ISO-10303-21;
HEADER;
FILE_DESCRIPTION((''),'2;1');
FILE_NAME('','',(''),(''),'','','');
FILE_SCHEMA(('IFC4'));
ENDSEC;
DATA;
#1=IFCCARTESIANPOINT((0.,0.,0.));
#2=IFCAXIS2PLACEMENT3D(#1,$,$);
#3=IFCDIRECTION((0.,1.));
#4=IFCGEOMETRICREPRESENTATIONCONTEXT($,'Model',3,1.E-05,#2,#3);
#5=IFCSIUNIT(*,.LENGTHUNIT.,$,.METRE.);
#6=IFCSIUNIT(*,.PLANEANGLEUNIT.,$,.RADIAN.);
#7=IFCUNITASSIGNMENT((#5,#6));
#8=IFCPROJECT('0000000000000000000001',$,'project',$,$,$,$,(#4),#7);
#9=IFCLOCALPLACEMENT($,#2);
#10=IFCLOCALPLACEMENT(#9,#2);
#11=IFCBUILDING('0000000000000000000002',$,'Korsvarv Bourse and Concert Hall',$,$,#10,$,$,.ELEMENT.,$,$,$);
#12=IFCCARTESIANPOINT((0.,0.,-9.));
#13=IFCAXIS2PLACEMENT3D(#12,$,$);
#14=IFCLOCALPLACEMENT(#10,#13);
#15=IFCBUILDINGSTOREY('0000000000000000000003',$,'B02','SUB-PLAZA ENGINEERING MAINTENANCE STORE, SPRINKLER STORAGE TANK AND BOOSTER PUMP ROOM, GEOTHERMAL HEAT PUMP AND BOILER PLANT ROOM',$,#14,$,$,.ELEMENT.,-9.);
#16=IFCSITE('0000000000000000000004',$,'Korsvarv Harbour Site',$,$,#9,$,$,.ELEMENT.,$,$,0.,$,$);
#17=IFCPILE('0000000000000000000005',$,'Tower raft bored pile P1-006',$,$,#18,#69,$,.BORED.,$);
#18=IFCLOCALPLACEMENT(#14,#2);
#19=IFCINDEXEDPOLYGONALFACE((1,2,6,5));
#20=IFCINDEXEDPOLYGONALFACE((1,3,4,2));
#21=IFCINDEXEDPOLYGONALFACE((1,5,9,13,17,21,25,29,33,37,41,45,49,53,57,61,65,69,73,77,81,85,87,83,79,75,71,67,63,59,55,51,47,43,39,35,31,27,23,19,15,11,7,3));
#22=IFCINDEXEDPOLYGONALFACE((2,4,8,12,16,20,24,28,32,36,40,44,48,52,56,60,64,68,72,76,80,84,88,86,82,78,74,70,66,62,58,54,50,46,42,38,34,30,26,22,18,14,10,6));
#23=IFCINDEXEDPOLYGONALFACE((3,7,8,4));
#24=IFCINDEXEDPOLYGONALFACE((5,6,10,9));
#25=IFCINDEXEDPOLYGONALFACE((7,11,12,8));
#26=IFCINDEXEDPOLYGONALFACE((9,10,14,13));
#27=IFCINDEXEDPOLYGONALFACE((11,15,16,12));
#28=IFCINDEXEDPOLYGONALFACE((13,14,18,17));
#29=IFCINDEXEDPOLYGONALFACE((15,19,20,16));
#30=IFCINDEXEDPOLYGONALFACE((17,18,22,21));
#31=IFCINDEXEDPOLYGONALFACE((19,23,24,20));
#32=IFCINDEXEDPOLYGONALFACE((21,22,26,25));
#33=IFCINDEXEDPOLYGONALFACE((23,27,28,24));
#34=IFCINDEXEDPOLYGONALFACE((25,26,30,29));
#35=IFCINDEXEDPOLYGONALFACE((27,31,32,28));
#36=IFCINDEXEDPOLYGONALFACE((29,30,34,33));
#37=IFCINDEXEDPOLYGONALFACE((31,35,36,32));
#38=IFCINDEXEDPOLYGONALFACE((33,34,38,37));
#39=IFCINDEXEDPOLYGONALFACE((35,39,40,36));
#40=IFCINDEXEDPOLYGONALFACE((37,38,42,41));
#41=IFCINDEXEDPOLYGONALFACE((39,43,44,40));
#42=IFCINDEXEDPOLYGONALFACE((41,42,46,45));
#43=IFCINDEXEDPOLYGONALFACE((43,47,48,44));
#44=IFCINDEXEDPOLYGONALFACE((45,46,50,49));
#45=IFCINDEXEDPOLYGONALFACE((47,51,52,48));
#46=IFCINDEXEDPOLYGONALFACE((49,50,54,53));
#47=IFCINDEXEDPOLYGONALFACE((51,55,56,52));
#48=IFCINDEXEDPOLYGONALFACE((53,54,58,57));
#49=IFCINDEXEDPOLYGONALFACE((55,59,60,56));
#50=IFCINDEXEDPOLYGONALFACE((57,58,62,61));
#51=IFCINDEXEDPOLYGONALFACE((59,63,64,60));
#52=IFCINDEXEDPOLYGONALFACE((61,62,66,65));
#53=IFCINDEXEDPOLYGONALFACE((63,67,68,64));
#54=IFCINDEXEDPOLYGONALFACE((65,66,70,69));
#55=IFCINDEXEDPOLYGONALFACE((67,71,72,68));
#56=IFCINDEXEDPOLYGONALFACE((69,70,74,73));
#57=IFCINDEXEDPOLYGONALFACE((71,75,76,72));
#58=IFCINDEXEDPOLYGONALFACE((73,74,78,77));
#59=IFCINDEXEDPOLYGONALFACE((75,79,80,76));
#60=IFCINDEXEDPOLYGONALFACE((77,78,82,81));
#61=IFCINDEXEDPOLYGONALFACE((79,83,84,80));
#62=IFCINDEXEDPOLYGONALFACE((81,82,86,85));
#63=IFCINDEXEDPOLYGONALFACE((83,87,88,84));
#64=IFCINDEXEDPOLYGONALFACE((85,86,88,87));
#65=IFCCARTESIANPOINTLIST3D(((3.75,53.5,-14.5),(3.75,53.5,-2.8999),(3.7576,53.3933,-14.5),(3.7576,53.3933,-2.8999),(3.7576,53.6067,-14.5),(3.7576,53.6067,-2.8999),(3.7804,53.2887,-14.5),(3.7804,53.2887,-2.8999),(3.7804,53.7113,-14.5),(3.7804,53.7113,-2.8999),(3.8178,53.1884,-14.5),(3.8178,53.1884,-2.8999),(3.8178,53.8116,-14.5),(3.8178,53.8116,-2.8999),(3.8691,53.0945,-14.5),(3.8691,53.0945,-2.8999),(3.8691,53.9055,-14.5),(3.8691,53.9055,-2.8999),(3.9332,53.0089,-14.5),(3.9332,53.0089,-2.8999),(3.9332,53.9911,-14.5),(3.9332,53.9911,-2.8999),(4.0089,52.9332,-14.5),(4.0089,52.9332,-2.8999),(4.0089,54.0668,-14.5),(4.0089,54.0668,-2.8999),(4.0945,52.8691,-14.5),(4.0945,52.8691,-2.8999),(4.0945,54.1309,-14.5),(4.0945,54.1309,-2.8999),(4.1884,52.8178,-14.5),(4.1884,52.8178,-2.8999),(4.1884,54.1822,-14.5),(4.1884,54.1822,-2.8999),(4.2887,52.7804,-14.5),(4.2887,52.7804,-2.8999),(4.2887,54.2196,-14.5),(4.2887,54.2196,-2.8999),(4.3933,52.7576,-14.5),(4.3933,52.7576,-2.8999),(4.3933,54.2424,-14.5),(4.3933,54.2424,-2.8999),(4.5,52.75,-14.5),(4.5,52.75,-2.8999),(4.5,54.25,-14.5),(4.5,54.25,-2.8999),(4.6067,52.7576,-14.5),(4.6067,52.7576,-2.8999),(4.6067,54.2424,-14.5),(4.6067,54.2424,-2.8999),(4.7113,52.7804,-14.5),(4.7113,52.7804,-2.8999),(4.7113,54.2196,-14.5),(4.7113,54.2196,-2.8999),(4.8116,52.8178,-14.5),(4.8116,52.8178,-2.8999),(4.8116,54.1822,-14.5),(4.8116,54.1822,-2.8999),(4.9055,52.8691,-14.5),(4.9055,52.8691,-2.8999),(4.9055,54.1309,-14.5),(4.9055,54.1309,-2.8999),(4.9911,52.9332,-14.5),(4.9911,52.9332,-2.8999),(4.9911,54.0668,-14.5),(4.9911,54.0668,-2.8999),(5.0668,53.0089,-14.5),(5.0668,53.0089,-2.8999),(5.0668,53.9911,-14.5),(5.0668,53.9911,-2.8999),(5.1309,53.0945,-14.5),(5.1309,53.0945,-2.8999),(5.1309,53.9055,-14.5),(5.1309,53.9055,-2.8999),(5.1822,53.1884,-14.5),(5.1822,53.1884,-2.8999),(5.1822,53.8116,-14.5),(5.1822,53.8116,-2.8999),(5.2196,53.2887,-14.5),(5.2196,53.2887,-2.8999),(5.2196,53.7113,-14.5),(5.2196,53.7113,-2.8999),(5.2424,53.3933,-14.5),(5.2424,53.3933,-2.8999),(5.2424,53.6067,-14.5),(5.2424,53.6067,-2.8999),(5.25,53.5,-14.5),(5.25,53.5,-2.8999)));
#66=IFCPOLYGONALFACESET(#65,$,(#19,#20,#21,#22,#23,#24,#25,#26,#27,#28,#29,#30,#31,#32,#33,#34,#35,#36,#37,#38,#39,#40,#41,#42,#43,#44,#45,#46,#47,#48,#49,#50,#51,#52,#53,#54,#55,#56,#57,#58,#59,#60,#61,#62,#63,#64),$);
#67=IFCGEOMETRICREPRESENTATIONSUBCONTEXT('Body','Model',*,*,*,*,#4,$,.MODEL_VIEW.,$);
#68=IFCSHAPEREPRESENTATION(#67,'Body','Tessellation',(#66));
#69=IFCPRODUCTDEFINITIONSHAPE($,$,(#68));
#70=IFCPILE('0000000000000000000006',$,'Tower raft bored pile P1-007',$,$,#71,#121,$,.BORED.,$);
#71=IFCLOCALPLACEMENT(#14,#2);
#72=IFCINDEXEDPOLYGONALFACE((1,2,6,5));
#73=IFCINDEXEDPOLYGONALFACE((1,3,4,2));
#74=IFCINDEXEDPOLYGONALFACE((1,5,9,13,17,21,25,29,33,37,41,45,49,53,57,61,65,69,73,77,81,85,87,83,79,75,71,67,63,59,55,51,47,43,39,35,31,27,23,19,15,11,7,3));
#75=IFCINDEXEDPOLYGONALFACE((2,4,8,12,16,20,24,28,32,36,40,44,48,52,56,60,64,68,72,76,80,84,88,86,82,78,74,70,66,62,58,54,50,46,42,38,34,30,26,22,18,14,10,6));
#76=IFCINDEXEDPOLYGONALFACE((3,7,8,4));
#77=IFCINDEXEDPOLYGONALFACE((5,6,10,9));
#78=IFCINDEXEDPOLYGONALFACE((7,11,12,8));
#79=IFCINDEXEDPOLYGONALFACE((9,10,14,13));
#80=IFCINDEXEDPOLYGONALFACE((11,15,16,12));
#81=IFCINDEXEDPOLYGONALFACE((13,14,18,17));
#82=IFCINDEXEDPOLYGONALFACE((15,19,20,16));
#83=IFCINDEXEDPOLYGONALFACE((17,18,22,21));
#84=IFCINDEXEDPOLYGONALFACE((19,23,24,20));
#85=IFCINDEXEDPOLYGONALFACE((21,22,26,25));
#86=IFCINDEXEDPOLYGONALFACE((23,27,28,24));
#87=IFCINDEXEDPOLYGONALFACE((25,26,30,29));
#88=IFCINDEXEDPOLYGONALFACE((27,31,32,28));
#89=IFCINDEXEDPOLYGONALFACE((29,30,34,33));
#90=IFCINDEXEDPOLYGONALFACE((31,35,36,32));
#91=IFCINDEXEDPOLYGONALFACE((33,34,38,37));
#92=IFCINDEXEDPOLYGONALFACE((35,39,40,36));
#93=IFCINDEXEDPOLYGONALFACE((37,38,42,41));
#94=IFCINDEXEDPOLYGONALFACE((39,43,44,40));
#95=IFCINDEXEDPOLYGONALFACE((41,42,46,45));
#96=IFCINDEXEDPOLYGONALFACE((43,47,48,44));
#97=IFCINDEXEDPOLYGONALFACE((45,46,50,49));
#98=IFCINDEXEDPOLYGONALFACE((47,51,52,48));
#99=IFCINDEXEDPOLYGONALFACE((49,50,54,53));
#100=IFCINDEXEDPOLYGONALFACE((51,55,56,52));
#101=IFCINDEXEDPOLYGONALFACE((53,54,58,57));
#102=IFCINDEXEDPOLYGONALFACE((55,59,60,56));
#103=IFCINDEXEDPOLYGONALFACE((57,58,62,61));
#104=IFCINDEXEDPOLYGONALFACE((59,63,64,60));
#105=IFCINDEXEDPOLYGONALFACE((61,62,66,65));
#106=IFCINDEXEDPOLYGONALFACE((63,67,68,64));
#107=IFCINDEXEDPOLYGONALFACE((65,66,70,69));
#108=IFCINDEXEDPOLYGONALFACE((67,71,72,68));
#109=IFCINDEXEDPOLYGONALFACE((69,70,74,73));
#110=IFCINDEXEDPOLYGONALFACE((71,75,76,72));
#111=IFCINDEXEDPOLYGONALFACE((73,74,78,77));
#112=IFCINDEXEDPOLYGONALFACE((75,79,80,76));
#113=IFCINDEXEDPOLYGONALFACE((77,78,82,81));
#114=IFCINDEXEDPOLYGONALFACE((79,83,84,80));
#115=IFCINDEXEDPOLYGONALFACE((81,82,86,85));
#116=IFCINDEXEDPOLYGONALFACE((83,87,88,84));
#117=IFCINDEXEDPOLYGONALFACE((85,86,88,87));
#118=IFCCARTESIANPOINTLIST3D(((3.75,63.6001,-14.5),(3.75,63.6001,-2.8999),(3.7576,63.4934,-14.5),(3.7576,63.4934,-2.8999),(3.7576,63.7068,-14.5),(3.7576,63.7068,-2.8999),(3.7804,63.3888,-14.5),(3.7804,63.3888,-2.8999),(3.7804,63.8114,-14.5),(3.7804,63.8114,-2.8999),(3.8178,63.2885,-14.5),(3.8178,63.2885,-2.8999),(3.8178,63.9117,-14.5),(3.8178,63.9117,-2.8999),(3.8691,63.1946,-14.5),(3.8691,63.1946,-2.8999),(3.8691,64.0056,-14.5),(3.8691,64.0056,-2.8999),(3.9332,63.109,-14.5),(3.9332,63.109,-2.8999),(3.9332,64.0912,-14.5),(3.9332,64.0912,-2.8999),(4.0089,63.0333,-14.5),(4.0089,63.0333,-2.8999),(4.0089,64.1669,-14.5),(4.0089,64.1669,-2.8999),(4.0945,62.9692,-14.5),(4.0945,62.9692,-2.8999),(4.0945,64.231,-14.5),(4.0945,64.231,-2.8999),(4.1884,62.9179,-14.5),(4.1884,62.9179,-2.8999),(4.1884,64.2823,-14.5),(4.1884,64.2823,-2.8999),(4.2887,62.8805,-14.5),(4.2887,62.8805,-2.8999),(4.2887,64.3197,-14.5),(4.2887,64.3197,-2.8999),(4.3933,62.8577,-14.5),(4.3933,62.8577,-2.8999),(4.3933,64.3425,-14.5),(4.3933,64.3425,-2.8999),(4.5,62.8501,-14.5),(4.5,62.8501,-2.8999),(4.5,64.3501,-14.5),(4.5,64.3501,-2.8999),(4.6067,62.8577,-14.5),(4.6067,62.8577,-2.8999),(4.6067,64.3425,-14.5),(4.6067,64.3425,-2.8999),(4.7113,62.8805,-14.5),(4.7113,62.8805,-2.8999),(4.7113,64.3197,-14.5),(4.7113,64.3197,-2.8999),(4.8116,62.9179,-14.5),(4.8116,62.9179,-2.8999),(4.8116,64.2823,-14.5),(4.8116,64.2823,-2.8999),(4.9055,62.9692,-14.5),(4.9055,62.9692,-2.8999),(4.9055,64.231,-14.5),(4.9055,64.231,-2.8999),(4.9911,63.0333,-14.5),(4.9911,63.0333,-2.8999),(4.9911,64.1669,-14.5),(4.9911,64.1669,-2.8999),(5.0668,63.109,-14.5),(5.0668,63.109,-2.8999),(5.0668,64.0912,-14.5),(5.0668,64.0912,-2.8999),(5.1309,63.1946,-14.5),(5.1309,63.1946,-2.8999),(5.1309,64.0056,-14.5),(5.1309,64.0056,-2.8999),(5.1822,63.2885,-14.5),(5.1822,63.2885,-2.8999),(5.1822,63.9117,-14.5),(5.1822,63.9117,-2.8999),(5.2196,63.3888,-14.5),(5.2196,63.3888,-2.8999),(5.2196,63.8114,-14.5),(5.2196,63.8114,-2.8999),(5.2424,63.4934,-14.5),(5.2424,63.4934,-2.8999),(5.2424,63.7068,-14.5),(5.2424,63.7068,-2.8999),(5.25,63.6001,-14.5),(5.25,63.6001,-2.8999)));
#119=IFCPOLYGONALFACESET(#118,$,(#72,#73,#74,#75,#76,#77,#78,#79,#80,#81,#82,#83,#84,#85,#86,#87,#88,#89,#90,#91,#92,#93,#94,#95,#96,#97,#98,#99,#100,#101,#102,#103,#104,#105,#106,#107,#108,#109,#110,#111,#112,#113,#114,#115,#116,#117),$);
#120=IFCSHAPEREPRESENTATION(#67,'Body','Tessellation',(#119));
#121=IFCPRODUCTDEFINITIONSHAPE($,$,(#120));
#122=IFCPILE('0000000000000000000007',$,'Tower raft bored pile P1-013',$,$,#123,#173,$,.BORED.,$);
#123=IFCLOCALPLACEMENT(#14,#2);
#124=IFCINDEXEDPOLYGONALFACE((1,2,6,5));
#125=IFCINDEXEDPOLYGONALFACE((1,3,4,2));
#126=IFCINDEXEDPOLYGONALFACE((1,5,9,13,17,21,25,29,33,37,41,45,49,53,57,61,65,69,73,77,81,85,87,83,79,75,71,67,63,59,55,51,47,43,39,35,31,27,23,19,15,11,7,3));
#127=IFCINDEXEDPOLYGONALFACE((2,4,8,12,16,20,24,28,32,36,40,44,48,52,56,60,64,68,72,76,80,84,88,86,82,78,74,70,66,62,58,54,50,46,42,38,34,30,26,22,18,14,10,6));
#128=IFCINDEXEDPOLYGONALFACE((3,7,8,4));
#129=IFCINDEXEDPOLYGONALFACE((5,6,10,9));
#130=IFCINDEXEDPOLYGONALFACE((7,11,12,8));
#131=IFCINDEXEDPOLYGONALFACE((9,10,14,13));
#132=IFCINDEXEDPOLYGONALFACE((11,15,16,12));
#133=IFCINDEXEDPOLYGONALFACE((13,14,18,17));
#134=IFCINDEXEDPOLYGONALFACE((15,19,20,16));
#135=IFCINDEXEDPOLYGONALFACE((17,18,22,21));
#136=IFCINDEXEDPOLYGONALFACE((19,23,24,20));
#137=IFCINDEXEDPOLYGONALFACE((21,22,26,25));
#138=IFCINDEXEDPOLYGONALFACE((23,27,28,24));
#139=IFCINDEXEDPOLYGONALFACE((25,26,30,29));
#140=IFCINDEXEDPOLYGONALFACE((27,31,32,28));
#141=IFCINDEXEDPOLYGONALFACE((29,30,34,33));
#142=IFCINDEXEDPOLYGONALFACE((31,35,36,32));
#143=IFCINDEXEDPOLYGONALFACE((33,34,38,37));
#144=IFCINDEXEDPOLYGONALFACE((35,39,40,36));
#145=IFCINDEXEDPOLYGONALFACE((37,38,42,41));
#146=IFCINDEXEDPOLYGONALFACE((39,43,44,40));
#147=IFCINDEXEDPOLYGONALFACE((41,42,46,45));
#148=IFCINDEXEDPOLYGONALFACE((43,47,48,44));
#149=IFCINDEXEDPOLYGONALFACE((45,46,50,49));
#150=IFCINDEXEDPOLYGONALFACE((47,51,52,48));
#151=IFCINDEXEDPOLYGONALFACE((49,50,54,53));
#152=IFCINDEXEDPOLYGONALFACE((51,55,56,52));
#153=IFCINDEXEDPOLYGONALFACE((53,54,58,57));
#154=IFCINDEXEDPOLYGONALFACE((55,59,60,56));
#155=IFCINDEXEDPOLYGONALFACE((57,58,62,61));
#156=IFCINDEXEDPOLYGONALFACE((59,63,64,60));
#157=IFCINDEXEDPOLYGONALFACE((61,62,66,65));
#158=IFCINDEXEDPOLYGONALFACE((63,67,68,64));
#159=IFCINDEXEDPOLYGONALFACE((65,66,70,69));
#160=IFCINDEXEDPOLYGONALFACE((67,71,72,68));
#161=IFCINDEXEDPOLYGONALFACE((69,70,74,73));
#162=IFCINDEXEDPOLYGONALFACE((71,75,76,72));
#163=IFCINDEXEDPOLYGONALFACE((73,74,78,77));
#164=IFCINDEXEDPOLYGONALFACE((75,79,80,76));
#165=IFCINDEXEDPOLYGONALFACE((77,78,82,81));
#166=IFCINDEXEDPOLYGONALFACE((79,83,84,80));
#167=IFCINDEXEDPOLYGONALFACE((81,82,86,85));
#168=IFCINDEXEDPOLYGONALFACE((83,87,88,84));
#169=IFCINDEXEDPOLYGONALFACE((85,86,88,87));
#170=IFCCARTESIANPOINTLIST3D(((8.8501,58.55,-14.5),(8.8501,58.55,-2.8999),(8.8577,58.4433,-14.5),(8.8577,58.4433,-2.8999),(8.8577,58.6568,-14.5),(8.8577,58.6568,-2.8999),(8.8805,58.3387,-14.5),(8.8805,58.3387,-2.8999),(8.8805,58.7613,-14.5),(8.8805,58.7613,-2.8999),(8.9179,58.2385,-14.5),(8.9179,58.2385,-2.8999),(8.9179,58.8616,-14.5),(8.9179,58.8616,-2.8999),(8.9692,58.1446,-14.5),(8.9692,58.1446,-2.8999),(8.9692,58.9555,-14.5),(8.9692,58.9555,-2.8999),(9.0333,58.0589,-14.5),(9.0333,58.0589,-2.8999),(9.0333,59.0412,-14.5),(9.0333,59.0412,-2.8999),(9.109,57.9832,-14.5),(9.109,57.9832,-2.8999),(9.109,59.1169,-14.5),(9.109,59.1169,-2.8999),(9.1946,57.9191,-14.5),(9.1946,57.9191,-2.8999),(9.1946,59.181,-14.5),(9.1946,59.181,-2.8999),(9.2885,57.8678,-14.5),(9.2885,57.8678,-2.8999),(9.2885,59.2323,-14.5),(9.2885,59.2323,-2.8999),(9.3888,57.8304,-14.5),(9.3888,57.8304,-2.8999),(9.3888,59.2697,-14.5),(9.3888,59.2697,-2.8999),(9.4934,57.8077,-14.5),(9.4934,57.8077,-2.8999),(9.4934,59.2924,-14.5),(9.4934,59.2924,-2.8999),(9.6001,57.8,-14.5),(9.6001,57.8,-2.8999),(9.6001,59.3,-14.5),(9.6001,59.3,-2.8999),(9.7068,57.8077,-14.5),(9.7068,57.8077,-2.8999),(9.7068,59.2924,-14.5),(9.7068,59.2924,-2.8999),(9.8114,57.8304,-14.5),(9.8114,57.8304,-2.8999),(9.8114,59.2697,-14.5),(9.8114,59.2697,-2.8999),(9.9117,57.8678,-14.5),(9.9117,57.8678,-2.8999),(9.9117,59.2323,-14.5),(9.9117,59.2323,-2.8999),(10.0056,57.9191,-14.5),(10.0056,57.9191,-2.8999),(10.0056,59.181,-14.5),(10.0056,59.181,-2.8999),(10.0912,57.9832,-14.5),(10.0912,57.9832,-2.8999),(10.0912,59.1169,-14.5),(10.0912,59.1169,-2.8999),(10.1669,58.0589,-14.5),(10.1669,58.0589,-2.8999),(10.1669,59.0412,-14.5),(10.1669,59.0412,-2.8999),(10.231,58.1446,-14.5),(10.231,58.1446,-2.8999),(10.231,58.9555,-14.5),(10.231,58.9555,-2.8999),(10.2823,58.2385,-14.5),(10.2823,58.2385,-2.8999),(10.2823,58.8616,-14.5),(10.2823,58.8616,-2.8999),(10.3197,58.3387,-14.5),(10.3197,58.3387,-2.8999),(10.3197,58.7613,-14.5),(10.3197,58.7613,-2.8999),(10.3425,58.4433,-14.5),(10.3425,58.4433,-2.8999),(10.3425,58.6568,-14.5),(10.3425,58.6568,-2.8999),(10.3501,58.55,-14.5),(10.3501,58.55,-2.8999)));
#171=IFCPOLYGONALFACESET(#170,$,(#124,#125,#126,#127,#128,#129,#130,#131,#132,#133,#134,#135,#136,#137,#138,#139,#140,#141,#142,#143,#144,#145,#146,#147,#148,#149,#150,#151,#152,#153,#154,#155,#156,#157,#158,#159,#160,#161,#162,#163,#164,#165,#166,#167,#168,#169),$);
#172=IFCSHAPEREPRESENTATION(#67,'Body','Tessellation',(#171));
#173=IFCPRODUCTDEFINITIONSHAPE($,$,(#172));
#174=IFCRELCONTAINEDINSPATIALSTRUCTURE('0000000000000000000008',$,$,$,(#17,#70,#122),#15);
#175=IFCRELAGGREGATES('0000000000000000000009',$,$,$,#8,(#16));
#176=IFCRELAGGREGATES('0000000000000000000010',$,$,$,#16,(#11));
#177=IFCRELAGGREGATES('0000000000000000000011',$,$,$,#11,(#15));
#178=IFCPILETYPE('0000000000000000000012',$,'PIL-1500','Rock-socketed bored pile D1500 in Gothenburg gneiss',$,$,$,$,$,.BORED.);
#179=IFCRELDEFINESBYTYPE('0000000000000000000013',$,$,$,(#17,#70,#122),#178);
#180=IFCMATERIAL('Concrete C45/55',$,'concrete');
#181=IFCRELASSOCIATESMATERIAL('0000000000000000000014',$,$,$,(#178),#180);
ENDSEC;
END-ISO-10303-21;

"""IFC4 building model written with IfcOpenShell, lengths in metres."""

from ifc_helpers import new_model, si_unit, direction, frame, origin, origin_2d, place, context, subcontext, project, spatial, circle, extrude, source, transform, mapped, material, material_profile, profile_set, type_object, element, save


model = new_model("IFC4")

# Units and contexts
model_context = context("Model", 3, precision=1e-05, world=origin(), true_north=direction((0.0, 1.0)))
body_context = subcontext(model_context, "Body", "Model", "MODEL_VIEW")
ifc_project = project(units=[si_unit("LENGTHUNIT", "METRE"), si_unit("PLANEANGLEUNIT", "RADIAN")], contexts=[model_context])

# Site, building, storey
site_placement = place(None, origin())
site = spatial("IfcSite", under=ifc_project, at=site_placement, Name="Korsvarv Harbour Site", CompositionType="ELEMENT", RefElevation=0.0)
building_placement = place(site_placement, origin())
building = spatial("IfcBuilding", under=site, at=building_placement, Name="Korsvarv Bourse and Concert Hall", CompositionType="ELEMENT")
storey_placement = place(building_placement, frame((0.0, 0.0, -9.0)))
storey = spatial("IfcBuildingStorey", under=building, at=storey_placement, Name="B02", Description="SUB-PLAZA ENGINEERING MAINTENANCE STORE, SPRINKLER STORAGE TANK AND BOOSTER PUMP ROOM, GEOTHERMAL HEAT PUMP AND BOILER PLANT ROOM", CompositionType="ELEMENT", Elevation=-9.0)

# Piles
ifc_material_1 = material(Name="Concrete C45/55", Category="concrete")
ifc_material_profile_1 = material_profile(ifc_material_1, circle(Radius=0.75, at=origin_2d()), Name="PILE D1500")
ifc_profile_set_1 = profile_set([ifc_material_profile_1], Name="Concrete C45/55")
pile_type = type_object("IfcPileType", Name="PIL-1500", Description="Rock-socketed bored pile D1500 in Gothenburg gneiss", PredefinedType="BORED", material=ifc_profile_set_1)
shared_shape_1 = source(origin(), body_context, "Body", "SweptSolid", [
    extrude(circle(Radius=0.75, at=origin_2d()), origin(), (0.0, 0.0, 1.0), 11.6001),
])
for number, where, z_axis, x_axis, name in (
    (1, (4.5, 53.5, -2.8999), (0.0, 0.0, -1.0), (1.0, 0.0, 0.0), "Tower raft bored pile P1-006"),
    (2, (4.5, 63.6001, -2.8999), (0.0, 0.0, -1.0), (1.0, 0.0, 0.0), "Tower raft bored pile P1-007"),
    (3, (9.6001, 58.55, -2.8999), (0.0, 0.0, -1.0), (1.0, 0.0, 0.0), "Tower raft bored pile P1-013"),
):
    element("IfcPile", number, at=place(storey_placement, frame(where, z_axis=z_axis, x_axis=x_axis)), inside=storey, type_object=pile_type, Name=name, PredefinedType="BORED", context=body_context, shape_type="MappedRepresentation", body=[
        mapped(shared_shape_1, transform((0.0, 0.0, 0.0), scale=1.0)),
    ])

save(model, "model.ifc")
